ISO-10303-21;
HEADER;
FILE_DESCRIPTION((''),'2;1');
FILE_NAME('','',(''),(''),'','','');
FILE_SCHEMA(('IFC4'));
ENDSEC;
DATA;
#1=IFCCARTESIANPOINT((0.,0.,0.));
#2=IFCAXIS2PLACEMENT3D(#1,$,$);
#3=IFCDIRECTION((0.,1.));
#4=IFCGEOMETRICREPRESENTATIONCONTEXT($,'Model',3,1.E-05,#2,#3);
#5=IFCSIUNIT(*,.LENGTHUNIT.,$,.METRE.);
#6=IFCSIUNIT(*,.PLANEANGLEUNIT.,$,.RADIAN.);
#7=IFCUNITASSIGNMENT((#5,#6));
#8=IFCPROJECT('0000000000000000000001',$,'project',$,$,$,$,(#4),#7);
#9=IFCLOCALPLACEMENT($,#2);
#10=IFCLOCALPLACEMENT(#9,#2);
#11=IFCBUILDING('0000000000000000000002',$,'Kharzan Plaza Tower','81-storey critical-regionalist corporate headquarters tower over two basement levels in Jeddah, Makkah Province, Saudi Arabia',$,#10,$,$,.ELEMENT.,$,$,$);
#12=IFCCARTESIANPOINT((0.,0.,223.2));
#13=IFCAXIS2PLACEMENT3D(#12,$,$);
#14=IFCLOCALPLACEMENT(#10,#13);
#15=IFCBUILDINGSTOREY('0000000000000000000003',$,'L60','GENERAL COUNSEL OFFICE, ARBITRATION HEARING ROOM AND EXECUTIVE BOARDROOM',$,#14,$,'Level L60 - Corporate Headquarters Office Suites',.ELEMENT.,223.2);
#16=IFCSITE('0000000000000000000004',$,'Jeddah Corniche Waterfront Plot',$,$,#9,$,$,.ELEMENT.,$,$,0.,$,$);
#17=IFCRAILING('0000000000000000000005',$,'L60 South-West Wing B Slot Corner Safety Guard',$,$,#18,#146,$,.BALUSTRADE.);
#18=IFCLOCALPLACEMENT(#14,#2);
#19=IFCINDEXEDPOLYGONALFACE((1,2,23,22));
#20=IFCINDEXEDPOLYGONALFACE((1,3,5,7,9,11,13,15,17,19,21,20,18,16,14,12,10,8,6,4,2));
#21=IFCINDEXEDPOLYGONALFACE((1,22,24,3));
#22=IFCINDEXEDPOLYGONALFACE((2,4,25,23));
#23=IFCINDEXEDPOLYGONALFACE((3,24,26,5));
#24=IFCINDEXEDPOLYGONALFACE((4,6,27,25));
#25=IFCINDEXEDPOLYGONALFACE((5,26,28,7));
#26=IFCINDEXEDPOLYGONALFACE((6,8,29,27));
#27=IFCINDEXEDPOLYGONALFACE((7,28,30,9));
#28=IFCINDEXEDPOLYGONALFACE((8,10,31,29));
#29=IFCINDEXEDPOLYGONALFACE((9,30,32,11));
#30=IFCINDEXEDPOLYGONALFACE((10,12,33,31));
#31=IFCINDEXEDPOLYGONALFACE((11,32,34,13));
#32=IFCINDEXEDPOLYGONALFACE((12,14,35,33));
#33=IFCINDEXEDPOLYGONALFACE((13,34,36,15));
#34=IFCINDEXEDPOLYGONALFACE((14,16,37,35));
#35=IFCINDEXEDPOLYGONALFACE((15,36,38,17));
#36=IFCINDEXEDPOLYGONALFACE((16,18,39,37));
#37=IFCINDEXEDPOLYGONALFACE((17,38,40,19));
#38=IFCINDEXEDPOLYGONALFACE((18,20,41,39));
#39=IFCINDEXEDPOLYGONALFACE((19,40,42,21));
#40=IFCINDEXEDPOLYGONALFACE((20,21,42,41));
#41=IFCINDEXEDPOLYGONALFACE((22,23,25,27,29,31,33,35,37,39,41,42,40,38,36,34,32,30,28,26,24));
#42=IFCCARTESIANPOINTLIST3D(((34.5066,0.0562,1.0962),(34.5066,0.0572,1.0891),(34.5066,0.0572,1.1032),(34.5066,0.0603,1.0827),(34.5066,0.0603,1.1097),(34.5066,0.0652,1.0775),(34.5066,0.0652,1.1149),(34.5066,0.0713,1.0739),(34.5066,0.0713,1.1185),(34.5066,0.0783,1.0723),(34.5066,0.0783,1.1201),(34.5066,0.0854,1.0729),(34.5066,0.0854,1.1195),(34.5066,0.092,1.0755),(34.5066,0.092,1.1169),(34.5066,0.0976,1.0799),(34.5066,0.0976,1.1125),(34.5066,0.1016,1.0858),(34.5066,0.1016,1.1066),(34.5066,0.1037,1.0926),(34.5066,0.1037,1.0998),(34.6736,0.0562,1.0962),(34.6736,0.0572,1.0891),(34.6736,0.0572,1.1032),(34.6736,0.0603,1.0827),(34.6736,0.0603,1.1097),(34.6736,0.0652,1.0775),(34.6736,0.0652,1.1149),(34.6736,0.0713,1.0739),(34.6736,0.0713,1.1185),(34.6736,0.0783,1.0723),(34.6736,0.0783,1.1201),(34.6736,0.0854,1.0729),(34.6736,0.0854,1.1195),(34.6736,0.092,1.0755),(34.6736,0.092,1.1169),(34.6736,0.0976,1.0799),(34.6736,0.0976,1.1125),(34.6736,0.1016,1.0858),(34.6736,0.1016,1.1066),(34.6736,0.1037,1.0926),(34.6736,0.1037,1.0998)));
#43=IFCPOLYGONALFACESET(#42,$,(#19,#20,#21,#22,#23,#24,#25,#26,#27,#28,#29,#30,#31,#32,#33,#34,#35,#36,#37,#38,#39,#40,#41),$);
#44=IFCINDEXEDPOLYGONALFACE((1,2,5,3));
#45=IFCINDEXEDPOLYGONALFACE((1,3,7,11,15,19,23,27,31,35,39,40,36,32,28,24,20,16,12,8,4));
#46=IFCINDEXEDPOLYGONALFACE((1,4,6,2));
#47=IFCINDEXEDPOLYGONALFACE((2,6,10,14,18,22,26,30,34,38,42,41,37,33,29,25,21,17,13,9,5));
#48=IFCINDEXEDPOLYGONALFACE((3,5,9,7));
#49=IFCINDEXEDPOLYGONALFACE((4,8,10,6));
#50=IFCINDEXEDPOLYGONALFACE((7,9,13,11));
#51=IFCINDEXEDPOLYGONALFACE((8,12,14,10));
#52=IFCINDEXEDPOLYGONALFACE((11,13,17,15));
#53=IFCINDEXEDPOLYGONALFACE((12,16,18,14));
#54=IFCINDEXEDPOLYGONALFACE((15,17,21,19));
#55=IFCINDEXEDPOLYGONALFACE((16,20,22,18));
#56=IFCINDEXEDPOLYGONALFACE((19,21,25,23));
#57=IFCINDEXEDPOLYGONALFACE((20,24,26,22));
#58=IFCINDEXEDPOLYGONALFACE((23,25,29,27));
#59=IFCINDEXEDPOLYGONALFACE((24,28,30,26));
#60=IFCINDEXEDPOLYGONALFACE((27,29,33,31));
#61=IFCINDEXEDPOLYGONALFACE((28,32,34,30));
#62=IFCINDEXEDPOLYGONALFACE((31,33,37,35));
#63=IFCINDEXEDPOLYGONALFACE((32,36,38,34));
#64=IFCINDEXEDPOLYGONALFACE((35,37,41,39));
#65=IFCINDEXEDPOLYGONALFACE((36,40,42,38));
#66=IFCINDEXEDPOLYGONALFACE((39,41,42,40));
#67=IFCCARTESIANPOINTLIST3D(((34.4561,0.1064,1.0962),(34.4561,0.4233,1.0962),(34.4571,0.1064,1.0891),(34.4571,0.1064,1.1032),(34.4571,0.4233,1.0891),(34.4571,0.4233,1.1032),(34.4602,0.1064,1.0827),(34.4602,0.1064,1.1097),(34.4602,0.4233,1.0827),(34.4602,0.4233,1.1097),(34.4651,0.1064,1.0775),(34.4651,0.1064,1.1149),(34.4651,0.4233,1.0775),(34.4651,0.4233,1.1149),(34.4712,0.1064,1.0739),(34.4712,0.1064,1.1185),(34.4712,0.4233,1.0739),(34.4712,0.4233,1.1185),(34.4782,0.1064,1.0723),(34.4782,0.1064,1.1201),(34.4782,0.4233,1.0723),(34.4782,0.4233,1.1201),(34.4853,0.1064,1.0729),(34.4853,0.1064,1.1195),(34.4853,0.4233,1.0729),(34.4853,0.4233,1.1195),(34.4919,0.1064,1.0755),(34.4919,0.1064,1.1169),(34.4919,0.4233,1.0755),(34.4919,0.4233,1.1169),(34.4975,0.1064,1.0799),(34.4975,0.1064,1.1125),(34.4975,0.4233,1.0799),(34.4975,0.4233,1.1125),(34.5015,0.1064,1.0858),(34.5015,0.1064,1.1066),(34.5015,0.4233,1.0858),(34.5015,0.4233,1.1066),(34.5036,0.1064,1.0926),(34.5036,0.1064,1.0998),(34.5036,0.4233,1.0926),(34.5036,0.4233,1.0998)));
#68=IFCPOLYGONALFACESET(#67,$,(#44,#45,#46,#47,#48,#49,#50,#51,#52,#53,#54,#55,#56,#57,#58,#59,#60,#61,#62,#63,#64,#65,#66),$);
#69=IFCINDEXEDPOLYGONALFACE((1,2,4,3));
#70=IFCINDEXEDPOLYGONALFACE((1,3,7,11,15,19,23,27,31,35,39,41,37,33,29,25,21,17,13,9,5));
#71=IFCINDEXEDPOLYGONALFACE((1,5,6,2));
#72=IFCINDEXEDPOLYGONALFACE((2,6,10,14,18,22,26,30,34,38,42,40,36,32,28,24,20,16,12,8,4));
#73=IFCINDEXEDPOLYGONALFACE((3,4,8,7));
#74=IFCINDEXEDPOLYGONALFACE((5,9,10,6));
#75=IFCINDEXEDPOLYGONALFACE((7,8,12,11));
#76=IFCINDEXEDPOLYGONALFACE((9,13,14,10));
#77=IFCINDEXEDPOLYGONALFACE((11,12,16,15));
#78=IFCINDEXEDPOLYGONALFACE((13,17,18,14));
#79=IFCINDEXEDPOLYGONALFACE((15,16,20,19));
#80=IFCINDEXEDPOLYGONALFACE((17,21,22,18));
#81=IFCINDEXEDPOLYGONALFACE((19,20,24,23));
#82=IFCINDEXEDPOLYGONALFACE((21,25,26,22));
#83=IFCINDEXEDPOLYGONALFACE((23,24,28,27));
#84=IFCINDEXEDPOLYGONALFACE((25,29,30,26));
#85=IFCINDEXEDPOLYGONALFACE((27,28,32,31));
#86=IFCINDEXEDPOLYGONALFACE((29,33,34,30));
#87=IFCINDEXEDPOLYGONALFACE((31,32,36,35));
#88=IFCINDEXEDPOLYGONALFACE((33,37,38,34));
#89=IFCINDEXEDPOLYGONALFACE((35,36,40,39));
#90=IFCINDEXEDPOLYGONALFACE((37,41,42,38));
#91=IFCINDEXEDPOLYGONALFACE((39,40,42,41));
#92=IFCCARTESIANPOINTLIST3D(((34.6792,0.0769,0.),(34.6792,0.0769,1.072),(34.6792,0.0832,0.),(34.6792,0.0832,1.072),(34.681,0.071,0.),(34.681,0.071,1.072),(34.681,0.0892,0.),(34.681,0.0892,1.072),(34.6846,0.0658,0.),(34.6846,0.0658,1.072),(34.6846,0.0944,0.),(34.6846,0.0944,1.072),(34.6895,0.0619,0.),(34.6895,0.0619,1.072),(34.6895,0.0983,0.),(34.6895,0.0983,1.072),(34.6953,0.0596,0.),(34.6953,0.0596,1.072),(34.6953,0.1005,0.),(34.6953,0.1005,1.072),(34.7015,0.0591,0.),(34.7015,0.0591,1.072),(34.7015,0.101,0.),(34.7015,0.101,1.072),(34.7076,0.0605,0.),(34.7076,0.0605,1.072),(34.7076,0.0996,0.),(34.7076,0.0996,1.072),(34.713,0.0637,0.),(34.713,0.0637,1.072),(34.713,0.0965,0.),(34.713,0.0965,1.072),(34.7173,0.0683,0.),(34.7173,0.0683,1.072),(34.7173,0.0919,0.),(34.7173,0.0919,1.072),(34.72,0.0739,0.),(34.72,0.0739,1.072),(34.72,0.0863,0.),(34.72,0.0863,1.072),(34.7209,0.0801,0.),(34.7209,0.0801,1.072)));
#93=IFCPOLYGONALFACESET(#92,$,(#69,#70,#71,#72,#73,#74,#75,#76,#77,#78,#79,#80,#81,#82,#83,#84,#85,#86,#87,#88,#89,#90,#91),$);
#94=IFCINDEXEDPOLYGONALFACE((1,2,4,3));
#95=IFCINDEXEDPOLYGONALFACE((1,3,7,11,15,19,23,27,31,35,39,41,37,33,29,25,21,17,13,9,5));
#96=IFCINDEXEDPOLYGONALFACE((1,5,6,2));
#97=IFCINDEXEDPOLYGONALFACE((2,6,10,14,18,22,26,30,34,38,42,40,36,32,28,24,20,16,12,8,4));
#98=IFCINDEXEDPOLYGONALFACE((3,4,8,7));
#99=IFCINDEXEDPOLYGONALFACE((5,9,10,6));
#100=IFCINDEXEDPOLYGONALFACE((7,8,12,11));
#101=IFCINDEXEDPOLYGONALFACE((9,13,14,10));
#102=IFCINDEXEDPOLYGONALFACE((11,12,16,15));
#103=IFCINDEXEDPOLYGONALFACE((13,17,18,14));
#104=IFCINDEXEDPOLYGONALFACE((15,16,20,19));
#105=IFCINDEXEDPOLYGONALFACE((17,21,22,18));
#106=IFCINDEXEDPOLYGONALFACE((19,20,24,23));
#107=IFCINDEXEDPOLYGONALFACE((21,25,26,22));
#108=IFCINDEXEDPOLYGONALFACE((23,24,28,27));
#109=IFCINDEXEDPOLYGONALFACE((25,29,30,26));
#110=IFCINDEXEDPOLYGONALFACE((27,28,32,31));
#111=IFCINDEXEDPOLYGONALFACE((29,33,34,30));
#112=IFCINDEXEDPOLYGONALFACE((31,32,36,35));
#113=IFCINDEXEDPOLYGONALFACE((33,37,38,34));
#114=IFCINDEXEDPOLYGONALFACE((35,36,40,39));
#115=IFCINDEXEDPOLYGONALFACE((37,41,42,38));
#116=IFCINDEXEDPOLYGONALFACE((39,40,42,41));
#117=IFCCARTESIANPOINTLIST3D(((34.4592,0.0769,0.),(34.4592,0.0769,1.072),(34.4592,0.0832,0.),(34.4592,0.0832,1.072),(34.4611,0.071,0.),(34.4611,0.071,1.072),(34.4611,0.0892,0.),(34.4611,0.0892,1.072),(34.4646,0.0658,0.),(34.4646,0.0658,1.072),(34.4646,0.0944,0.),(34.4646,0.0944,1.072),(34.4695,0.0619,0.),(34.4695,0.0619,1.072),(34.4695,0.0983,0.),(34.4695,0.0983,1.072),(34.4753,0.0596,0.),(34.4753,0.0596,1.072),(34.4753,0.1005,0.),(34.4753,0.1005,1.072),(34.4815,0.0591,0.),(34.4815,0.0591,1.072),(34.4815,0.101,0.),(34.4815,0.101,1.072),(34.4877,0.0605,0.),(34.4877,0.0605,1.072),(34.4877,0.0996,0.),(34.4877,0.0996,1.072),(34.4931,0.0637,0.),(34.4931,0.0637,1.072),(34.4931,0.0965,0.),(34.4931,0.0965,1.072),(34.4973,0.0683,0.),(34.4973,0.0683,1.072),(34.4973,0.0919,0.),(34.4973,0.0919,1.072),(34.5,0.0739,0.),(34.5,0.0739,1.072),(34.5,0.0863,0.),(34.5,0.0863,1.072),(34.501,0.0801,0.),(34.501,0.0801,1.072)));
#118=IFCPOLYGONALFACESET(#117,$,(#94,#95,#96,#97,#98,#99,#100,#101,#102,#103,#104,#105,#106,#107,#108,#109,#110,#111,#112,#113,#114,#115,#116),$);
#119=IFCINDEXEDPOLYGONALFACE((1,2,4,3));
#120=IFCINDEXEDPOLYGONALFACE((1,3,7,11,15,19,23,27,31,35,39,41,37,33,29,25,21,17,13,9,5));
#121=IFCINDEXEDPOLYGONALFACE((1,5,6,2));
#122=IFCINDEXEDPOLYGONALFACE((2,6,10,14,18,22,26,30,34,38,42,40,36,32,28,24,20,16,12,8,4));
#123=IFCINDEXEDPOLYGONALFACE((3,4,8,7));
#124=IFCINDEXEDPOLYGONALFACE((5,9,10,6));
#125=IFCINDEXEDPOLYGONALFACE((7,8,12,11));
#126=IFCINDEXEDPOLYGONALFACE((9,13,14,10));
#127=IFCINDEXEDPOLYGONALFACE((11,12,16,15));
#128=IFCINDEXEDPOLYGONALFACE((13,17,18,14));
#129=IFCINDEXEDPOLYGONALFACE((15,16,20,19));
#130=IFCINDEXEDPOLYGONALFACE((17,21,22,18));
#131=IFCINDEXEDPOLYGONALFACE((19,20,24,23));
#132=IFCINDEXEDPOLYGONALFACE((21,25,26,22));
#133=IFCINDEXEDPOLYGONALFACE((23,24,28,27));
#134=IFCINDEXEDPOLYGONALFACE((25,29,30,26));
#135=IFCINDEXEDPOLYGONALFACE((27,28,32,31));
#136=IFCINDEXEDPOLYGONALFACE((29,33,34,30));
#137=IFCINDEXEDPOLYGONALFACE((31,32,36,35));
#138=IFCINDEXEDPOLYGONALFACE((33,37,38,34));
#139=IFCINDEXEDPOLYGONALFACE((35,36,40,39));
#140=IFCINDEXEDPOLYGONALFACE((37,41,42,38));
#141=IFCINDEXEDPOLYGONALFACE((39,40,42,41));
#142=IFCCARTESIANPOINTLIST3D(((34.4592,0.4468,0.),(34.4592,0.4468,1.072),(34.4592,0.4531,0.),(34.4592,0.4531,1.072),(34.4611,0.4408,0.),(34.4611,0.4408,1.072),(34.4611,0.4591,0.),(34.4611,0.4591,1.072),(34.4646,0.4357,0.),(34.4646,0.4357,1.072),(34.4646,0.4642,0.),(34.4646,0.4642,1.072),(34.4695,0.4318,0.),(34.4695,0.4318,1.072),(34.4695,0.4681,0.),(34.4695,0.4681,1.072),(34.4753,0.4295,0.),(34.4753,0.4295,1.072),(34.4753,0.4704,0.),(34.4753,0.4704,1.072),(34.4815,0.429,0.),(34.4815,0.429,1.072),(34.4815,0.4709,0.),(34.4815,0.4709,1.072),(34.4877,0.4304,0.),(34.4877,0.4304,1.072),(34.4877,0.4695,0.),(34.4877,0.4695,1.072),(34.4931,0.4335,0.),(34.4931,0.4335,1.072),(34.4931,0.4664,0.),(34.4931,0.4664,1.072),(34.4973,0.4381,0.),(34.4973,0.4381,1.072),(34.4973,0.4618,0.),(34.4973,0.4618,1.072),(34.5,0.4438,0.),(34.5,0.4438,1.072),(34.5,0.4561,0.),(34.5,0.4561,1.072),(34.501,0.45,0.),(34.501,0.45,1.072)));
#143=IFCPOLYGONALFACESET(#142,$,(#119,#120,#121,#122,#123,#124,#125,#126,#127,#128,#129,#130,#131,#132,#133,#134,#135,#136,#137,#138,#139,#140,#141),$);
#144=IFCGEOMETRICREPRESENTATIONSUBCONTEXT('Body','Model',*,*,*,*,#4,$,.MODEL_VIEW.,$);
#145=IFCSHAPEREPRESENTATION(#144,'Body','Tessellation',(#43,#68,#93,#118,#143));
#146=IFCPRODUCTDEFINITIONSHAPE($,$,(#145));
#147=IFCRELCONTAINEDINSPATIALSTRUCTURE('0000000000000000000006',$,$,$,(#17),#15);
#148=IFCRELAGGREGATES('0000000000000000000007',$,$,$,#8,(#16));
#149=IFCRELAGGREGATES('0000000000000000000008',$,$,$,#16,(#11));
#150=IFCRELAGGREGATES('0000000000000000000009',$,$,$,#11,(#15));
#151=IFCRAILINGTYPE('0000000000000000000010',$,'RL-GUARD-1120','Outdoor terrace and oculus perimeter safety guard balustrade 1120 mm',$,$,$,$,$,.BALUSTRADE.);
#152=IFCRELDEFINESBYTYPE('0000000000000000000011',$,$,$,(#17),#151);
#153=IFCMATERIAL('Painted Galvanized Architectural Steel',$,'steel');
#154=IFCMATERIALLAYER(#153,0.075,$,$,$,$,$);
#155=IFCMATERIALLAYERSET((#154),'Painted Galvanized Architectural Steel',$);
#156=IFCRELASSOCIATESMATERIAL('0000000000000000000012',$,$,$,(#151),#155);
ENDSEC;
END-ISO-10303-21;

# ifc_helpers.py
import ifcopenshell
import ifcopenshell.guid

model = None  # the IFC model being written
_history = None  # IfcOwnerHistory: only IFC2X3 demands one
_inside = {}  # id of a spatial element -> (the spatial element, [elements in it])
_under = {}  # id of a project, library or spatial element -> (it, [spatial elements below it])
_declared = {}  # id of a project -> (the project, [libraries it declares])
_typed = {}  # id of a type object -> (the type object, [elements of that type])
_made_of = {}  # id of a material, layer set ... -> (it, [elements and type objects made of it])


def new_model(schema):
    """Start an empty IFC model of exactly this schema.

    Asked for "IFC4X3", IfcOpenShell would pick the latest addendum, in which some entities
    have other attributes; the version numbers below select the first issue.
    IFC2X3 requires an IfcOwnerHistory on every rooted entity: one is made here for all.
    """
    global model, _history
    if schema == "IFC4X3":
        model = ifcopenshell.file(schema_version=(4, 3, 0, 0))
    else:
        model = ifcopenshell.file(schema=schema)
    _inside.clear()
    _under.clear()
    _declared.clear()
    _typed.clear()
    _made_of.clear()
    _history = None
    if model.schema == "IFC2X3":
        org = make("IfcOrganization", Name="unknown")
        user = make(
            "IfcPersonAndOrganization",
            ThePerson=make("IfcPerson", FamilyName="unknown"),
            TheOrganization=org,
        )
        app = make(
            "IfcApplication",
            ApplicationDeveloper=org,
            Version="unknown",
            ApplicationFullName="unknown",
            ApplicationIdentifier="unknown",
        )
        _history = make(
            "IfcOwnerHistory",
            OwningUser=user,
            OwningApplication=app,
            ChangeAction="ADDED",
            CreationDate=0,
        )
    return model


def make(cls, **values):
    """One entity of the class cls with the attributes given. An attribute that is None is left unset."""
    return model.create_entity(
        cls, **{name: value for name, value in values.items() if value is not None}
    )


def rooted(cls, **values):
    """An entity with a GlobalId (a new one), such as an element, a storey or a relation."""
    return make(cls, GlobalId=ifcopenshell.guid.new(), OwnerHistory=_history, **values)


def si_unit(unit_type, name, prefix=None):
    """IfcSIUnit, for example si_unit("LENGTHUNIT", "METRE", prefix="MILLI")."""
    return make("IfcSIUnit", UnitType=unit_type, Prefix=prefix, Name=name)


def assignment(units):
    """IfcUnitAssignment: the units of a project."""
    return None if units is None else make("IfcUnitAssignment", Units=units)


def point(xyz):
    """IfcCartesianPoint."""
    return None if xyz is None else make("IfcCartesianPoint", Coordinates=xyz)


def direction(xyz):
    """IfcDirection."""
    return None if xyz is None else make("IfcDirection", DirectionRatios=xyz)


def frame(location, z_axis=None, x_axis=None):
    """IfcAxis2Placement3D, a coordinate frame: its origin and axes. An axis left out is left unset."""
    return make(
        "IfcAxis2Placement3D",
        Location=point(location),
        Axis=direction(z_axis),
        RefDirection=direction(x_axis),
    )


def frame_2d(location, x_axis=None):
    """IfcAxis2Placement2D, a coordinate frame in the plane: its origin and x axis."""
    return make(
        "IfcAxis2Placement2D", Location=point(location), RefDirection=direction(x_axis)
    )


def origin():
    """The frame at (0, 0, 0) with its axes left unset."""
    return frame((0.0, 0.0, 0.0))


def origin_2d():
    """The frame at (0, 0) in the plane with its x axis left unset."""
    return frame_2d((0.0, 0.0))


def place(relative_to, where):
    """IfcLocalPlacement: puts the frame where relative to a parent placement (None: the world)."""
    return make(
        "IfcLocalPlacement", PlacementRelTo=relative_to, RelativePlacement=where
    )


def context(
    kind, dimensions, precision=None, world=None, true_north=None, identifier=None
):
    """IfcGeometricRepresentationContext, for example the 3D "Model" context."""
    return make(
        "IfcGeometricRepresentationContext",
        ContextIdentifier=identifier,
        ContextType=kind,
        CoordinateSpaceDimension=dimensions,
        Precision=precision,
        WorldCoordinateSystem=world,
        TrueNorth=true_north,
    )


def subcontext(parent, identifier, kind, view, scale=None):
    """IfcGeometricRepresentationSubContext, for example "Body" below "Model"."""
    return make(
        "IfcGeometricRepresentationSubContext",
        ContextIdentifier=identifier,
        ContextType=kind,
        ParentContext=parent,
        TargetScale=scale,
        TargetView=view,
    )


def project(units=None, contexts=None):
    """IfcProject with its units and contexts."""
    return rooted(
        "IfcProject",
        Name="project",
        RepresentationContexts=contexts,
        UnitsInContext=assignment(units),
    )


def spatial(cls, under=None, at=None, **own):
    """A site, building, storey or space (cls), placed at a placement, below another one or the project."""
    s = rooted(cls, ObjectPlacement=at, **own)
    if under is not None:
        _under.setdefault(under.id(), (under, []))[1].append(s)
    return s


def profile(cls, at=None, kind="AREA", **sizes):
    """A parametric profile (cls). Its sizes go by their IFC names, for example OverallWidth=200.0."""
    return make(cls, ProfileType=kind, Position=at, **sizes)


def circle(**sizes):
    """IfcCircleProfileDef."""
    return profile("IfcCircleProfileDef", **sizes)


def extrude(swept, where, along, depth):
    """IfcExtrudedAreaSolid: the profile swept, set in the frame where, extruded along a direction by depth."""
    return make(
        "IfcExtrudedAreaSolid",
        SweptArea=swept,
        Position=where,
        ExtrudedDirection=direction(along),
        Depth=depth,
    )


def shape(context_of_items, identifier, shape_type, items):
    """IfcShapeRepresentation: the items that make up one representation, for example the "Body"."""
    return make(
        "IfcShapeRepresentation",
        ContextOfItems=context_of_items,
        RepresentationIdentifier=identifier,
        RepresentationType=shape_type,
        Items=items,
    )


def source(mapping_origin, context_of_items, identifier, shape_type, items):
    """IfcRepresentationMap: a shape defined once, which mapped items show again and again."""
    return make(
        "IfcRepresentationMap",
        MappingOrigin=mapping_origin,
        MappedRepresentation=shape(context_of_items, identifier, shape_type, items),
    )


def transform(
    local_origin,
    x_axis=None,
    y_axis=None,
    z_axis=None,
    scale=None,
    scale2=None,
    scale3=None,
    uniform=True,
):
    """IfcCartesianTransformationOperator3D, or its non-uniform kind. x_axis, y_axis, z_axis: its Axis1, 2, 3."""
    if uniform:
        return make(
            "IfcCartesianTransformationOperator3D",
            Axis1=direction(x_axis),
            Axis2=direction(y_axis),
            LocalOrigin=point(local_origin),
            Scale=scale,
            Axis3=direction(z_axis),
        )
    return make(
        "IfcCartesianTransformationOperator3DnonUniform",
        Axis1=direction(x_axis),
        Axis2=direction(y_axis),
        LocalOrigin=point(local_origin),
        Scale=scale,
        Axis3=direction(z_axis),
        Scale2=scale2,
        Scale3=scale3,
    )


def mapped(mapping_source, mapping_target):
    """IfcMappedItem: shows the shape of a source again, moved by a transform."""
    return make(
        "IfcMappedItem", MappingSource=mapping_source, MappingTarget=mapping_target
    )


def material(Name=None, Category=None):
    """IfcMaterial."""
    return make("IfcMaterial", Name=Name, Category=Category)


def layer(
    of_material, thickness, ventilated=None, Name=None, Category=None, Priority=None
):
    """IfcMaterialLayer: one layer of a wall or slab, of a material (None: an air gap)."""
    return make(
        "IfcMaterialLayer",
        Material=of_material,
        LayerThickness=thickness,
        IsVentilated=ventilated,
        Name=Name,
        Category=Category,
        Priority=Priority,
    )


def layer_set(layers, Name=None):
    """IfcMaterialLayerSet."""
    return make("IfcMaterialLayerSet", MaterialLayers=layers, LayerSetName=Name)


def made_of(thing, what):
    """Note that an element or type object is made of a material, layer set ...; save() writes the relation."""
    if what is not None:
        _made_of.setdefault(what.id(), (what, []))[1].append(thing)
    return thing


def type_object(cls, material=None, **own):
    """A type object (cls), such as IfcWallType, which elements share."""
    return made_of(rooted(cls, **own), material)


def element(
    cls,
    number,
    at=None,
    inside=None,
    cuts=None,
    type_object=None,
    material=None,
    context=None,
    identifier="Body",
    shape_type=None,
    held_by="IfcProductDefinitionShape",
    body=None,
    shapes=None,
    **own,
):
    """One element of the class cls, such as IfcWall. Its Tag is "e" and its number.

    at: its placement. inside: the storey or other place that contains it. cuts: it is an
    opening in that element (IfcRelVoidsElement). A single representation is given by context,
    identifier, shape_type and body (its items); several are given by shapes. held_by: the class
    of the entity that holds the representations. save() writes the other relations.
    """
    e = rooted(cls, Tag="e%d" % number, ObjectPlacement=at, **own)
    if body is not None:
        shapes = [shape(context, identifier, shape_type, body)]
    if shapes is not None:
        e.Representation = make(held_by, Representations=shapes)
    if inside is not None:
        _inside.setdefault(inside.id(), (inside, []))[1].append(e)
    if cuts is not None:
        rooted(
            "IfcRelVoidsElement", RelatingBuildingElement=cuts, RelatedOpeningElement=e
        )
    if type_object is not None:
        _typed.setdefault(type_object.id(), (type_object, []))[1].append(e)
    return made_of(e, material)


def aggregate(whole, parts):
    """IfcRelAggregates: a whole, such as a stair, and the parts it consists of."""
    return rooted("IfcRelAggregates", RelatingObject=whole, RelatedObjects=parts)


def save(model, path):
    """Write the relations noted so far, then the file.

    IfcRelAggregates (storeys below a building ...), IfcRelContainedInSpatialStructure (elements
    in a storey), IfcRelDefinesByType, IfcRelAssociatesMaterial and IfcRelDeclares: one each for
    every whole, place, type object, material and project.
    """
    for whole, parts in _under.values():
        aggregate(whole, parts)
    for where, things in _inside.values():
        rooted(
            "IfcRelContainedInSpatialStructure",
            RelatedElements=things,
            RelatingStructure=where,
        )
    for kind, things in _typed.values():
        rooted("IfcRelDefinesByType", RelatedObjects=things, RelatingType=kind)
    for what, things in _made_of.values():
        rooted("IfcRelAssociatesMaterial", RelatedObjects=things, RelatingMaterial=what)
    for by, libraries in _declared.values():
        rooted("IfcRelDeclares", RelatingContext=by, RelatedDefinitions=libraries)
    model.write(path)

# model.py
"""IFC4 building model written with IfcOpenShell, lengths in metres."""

from ifc_helpers import new_model, si_unit, direction, frame, origin, origin_2d, place, context, subcontext, project, spatial, circle, extrude, source, transform, mapped, material, layer, layer_set, type_object, element, save


model = new_model("IFC4")

# Units and contexts
model_context = context("Model", 3, precision=1e-05, world=origin(), true_north=direction((0.0, 1.0)))
body_context = subcontext(model_context, "Body", "Model", "MODEL_VIEW")
ifc_project = project(units=[si_unit("LENGTHUNIT", "METRE"), si_unit("PLANEANGLEUNIT", "RADIAN")], contexts=[model_context])

# Site, building, storey
site_placement = place(None, origin())
site = spatial("IfcSite", under=ifc_project, at=site_placement, Name="Jeddah Corniche Waterfront Plot", CompositionType="ELEMENT", RefElevation=0.0)
building_placement = place(site_placement, origin())
building = spatial("IfcBuilding", under=site, at=building_placement, Name="Kharzan Plaza Tower", Description="81-storey critical-regionalist corporate headquarters tower over two basement levels in Jeddah, Makkah Province, Saudi Arabia", CompositionType="ELEMENT")
storey_placement = place(building_placement, frame((0.0, 0.0, 223.2)))
storey = spatial("IfcBuildingStorey", under=building, at=storey_placement, Name="L60", Description="GENERAL COUNSEL OFFICE, ARBITRATION HEARING ROOM AND EXECUTIVE BOARDROOM", LongName="Level L60 - Corporate Headquarters Office Suites", CompositionType="ELEMENT", Elevation=223.2)

# Railing
ifc_material_1 = material(Name="Painted Galvanized Architectural Steel", Category="steel")
ifc_layer_1 = layer(ifc_material_1, 0.075)
ifc_layer_set_1 = layer_set([ifc_layer_1], Name="Painted Galvanized Architectural Steel")
railing_type_1 = type_object("IfcRailingType", Name="RL-GUARD-1120", Description="Outdoor terrace and oculus perimeter safety guard balustrade 1120 mm", PredefinedType="BALUSTRADE", material=ifc_layer_set_1)
shared_shape_1 = source(origin(), body_context, "Body", "SweptSolid", [
    extrude(circle(Radius=0.0239, at=origin_2d()), frame((-0.0264, 0.0, 1.0962), z_axis=(-1.0, 0.0, 0.0), x_axis=(0.0, -1.0, 0.0)), (0.0, 0.0, 1.0), 0.167),
    extrude(circle(Radius=0.0239, at=origin_2d()), frame((-0.22, 0.0264, 1.0962), z_axis=(0.0, 1.0, 0.0), x_axis=(-1.0, 0.0, 0.0)), (0.0, 0.0, 1.0), 0.3169),
    extrude(circle(Radius=0.021, at=origin_2d()), origin(), (0.0, 0.0, 1.0), 1.072),
    extrude(circle(Radius=0.021, at=origin_2d()), frame((-0.22, 0.0, 0.0)), (0.0, 0.0, 1.0), 1.072),
    extrude(circle(Radius=0.021, at=origin_2d()), frame((-0.22, 0.3699, 0.0)), (0.0, 0.0, 1.0), 1.072),
])
railing_1_placement = place(storey_placement, frame((34.7, 0.0801, 0.0)))
element("IfcRailing", 1, at=railing_1_placement, inside=storey, type_object=railing_type_1, Name="L60 South-West Wing B Slot Corner Safety Guard", PredefinedType="BALUSTRADE", context=body_context, shape_type="MappedRepresentation", body=[
    mapped(shared_shape_1, transform((0.0, 0.0, 0.0), x_axis=(1.0, 0.0, 0.0), y_axis=(0.0, 1.0, 0.0), z_axis=(0.0, 0.0, 1.0))),
])

save(model, "model.ifc")
